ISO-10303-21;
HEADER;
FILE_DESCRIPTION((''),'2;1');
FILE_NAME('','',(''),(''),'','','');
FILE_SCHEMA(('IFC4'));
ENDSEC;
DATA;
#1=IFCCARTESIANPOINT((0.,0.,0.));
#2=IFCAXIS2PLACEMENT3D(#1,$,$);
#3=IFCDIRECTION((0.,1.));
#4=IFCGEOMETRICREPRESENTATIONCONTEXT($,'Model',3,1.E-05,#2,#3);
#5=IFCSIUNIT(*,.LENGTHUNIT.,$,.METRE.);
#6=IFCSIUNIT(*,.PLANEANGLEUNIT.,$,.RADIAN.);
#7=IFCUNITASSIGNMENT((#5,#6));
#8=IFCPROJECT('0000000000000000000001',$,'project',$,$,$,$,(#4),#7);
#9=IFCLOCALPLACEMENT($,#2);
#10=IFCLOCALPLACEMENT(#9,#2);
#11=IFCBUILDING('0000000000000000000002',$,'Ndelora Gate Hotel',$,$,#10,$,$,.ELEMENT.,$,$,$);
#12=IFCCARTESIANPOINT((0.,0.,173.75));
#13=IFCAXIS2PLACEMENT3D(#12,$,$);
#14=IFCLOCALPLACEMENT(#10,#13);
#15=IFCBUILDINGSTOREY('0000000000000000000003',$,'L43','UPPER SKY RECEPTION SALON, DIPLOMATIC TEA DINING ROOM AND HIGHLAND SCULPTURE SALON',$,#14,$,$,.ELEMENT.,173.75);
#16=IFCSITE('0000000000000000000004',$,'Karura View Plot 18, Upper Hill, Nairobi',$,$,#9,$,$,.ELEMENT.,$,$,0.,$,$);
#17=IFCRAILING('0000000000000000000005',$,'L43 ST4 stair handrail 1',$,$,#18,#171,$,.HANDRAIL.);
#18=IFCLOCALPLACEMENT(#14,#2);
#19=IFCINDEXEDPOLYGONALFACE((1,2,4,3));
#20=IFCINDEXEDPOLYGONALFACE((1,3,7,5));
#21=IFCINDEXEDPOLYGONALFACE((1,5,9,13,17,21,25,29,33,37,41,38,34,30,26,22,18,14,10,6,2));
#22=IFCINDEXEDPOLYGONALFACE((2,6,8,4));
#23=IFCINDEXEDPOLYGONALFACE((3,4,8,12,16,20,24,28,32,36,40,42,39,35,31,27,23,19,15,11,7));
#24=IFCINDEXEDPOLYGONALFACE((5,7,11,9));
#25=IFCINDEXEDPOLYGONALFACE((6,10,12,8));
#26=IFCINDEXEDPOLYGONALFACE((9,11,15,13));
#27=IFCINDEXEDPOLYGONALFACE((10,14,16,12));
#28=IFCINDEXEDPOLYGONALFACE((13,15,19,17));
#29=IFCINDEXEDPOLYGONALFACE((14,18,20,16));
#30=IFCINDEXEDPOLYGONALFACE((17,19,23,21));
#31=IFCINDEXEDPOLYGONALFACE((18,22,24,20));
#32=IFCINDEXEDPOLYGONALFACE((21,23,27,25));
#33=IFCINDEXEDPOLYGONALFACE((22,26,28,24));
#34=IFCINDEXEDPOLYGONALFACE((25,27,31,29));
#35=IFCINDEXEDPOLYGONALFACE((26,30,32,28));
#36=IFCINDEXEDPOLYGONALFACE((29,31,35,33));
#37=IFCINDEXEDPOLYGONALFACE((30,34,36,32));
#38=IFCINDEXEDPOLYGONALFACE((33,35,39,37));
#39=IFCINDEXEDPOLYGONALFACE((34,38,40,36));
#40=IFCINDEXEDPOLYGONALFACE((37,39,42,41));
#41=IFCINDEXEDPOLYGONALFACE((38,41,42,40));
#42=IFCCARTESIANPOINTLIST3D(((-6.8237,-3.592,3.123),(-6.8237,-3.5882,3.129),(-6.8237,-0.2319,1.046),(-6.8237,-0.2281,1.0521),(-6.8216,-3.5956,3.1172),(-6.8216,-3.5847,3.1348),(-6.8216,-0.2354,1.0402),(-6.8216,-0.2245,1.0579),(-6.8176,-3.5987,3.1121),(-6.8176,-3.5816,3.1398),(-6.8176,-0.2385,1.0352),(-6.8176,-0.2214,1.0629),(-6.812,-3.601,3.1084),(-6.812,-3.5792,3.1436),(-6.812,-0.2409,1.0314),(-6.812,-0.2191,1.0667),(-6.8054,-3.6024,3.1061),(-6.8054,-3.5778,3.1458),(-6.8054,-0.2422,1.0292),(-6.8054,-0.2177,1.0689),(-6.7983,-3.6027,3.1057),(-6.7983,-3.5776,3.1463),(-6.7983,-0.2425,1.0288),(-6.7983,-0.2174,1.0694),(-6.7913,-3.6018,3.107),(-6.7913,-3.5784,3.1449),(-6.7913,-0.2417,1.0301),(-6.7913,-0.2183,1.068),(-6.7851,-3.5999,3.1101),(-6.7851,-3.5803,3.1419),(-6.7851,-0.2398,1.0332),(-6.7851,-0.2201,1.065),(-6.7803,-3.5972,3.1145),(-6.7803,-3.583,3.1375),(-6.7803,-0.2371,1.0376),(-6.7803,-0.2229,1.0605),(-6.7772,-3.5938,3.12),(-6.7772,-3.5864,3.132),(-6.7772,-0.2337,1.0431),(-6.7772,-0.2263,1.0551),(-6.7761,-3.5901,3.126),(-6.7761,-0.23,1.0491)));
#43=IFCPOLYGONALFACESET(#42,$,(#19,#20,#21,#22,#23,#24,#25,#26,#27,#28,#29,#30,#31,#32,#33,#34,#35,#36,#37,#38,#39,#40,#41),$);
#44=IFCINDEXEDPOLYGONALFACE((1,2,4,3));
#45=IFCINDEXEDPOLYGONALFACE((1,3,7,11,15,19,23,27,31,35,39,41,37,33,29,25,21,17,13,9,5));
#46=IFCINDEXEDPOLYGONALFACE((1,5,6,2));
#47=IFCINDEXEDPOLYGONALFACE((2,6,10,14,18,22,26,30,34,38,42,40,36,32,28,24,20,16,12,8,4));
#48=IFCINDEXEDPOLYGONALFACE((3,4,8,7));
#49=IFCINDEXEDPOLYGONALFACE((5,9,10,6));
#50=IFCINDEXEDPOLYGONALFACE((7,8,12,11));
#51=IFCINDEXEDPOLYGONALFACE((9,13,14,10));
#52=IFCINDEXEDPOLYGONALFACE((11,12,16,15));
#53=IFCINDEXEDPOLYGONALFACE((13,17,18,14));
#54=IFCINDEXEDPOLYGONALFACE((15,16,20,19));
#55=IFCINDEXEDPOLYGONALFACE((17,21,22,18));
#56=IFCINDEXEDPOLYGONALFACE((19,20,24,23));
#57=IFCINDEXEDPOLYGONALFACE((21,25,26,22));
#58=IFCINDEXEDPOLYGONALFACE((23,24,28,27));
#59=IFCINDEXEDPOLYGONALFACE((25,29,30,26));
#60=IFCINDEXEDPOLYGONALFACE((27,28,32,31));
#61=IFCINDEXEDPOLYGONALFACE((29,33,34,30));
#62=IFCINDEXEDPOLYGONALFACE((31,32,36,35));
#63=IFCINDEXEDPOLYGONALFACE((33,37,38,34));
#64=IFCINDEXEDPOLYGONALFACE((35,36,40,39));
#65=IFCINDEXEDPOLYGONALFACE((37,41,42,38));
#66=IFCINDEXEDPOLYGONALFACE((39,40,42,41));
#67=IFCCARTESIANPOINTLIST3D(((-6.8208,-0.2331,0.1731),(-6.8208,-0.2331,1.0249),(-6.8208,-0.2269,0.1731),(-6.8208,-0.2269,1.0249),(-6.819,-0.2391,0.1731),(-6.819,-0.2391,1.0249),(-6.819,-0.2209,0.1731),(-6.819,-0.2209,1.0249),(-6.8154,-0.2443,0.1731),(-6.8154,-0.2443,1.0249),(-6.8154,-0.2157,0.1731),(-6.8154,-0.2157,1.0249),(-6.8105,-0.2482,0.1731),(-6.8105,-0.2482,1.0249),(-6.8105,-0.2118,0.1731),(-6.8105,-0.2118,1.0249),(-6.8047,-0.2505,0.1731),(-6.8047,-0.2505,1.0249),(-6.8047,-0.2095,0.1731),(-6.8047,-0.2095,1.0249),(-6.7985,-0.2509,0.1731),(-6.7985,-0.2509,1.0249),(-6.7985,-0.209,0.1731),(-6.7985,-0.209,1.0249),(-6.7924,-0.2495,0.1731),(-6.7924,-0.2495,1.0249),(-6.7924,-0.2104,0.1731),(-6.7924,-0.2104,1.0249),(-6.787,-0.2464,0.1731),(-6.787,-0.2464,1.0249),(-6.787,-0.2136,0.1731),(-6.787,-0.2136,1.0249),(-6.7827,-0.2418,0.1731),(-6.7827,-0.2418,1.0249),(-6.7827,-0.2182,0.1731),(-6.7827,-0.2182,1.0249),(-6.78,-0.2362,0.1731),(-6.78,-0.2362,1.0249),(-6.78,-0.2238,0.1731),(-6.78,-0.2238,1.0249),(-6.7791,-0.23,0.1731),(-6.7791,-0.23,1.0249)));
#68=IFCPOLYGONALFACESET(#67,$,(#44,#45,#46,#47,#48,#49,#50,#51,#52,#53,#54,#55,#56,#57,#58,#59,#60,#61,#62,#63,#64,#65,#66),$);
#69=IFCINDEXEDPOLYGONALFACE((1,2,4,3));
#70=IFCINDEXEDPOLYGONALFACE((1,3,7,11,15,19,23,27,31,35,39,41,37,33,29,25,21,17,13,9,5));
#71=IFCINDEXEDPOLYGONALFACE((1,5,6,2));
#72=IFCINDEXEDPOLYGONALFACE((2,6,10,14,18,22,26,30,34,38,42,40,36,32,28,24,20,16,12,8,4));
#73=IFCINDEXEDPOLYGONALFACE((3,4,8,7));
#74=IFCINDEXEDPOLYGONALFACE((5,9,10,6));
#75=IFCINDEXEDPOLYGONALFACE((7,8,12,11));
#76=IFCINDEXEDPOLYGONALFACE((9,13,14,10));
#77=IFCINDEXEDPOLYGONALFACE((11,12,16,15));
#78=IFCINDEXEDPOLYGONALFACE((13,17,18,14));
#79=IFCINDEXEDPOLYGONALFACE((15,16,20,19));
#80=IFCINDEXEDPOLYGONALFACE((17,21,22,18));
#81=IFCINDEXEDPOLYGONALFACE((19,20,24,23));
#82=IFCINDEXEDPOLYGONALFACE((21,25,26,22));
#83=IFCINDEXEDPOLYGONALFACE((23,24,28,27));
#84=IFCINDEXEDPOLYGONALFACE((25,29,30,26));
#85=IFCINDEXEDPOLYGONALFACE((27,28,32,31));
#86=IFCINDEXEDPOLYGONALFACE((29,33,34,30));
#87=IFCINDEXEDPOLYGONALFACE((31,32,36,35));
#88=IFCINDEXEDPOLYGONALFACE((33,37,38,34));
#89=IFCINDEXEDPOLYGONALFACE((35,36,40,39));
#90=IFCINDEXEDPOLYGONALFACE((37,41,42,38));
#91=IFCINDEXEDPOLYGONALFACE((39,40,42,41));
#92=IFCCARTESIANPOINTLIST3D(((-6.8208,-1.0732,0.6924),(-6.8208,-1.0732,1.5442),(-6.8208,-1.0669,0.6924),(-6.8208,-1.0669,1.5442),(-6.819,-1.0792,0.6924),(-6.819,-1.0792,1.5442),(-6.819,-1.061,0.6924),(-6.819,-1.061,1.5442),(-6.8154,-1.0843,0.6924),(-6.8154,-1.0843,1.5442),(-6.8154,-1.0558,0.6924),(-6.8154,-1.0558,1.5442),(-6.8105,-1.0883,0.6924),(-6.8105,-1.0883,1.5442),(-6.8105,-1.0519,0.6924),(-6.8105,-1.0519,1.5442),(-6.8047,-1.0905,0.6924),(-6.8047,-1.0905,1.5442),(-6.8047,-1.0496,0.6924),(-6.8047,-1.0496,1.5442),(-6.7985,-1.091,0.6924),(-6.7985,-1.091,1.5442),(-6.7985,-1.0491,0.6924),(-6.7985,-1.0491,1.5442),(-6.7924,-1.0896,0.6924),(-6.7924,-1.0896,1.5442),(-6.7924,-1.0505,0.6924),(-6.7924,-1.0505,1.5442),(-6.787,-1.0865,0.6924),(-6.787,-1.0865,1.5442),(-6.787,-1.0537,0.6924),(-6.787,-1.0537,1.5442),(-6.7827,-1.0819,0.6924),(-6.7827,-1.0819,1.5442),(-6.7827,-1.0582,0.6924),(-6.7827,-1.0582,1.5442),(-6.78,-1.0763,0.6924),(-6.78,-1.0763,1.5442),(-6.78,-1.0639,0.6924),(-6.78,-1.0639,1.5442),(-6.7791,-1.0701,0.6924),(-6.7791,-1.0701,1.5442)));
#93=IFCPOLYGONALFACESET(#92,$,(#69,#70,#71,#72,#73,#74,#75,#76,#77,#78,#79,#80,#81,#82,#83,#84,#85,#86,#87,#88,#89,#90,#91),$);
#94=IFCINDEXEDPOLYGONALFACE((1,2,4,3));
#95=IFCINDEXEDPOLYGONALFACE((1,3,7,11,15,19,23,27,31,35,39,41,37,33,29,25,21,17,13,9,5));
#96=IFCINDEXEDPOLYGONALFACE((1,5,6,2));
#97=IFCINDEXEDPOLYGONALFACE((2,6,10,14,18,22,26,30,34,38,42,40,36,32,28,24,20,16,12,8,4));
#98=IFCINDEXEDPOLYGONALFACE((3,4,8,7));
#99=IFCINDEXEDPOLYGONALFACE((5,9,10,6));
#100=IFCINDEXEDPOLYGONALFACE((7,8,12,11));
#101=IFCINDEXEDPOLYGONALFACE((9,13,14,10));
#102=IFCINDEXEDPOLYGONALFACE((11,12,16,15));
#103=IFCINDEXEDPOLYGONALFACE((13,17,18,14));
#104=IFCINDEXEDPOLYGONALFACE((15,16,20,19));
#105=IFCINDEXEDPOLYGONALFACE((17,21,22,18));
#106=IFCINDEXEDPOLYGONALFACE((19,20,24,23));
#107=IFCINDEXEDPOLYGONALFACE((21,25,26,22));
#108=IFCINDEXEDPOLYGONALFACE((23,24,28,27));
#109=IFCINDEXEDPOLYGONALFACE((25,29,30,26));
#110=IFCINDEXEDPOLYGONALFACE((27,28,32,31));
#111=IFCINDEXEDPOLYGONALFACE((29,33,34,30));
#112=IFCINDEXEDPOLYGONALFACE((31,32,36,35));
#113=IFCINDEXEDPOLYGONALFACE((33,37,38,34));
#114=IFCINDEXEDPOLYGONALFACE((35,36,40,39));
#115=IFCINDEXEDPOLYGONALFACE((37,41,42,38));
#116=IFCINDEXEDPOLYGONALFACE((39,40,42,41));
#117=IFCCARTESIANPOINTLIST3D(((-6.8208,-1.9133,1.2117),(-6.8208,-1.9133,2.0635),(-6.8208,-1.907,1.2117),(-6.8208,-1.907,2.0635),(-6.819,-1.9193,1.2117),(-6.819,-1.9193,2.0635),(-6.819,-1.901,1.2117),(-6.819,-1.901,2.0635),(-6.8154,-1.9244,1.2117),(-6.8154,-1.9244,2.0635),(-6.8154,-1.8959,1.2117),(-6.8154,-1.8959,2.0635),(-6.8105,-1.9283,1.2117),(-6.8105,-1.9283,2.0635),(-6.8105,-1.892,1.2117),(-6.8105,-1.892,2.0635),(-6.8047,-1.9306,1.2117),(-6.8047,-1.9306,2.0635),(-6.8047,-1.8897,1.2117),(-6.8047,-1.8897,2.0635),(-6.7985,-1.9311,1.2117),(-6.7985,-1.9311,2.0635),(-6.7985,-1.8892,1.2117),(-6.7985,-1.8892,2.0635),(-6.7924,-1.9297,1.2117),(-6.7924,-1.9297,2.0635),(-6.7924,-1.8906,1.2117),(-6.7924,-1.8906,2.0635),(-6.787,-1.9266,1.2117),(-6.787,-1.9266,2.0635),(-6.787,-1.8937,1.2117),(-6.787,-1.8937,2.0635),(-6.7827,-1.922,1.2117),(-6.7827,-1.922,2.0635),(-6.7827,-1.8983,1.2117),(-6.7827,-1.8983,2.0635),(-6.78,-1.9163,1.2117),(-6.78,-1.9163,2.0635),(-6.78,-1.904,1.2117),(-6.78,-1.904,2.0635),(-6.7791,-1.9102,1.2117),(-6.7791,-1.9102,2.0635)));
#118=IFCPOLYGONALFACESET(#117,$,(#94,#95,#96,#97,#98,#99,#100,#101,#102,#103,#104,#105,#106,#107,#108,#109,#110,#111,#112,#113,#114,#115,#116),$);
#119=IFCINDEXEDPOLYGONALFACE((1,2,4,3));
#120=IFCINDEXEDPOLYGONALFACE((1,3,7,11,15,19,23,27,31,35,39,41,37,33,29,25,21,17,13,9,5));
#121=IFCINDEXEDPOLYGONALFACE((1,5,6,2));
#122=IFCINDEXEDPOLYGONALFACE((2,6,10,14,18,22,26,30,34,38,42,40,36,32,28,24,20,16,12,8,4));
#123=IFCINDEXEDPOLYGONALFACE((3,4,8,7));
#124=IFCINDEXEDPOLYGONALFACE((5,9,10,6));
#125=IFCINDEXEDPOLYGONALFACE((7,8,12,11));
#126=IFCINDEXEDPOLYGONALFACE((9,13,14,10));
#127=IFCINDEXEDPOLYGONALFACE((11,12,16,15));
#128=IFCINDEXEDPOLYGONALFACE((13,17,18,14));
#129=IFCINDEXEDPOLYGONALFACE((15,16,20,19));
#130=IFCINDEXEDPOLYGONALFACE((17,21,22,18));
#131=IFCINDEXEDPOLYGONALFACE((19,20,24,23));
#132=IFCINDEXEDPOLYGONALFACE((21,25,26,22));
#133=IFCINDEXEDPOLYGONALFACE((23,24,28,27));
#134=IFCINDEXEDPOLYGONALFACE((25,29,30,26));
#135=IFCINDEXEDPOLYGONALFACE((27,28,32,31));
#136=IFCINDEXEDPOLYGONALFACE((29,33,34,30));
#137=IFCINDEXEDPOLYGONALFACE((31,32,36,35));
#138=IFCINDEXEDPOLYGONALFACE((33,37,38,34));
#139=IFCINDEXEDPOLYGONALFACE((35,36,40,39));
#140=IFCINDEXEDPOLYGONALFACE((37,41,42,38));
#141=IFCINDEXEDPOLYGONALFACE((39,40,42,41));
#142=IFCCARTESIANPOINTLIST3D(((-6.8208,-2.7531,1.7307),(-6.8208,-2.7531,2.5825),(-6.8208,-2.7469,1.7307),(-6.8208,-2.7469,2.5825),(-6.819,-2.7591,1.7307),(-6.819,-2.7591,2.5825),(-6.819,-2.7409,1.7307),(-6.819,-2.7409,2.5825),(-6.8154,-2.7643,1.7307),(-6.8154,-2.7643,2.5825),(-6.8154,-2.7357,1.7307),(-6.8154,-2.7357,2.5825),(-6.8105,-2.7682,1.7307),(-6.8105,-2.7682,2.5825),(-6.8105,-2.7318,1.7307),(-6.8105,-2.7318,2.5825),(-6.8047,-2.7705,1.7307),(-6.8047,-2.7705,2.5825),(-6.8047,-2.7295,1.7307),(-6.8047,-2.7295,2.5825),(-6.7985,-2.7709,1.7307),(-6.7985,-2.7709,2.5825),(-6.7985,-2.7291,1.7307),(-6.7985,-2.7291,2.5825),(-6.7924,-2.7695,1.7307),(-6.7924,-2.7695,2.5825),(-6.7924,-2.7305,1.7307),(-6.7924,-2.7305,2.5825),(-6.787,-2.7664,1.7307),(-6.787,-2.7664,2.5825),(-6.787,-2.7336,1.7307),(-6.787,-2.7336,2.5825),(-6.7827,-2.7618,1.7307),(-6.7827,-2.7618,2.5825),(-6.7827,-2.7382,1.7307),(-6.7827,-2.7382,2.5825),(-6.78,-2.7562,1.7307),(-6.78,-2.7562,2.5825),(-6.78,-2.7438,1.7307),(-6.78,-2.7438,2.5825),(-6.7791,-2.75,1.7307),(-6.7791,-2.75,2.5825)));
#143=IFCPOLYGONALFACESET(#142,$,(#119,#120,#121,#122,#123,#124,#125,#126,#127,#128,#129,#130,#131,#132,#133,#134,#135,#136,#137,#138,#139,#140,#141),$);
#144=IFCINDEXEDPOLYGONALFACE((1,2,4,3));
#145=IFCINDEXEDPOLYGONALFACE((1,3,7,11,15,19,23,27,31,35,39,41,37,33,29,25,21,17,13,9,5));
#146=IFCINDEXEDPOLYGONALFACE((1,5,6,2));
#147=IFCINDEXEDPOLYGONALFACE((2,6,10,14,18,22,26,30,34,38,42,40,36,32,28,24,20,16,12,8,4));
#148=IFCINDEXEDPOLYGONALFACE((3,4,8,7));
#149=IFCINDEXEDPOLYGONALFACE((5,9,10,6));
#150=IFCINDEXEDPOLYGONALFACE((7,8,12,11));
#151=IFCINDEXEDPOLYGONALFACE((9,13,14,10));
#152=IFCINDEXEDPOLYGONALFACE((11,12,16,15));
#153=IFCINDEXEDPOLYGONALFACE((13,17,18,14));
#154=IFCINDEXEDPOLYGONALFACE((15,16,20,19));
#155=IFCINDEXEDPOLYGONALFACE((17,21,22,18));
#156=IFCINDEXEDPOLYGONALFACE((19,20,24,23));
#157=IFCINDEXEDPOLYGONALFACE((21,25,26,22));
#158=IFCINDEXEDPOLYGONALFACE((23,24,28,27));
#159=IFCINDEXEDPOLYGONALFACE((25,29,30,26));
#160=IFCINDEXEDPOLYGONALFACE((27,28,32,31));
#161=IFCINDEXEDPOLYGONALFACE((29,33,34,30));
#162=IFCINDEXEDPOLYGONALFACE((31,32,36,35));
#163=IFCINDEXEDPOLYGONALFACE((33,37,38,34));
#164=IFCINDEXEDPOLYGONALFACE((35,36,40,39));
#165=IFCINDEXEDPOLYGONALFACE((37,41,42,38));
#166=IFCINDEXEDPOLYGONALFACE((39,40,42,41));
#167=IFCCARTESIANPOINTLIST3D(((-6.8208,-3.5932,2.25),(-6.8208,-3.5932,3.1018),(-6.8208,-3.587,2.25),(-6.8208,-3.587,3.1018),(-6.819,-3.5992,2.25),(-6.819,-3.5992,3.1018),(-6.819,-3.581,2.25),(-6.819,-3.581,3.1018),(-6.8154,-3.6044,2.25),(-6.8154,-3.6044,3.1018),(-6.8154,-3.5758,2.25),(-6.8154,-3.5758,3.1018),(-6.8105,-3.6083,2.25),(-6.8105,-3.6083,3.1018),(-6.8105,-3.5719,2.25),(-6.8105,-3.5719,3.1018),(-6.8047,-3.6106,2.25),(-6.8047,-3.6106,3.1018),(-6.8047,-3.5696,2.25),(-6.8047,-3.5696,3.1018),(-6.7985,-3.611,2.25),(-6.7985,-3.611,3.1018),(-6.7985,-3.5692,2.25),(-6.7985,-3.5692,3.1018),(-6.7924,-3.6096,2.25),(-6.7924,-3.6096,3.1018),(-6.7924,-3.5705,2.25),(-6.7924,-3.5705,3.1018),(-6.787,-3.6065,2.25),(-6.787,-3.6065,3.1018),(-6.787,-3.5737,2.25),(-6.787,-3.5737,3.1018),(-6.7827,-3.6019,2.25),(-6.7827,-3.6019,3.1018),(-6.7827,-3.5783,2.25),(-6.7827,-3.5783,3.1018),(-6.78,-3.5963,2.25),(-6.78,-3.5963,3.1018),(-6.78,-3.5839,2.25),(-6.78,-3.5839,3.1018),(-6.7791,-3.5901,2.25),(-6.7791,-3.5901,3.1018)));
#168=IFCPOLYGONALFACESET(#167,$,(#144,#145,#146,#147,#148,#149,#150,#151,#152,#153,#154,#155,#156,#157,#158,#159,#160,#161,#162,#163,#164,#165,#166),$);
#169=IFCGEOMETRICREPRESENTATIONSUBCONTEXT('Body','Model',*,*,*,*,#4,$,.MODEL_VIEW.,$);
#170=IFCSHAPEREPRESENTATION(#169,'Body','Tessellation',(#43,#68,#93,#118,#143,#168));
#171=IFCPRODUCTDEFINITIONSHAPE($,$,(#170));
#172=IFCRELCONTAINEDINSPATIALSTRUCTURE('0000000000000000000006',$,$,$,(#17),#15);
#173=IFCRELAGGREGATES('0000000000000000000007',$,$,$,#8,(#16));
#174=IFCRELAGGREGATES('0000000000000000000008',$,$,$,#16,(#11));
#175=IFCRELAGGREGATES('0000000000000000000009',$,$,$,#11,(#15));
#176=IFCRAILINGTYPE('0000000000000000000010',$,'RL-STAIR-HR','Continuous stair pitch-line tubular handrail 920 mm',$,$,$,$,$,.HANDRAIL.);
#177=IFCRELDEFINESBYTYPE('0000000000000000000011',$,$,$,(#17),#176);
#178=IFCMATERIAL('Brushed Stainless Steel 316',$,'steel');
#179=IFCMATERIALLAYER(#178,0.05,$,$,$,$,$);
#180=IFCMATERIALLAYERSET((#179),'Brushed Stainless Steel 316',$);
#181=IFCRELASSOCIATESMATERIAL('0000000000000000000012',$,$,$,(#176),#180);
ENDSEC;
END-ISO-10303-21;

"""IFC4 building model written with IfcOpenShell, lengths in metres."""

from ifc_helpers import new_model, si_unit, direction, frame, origin, origin_2d, place, context, subcontext, project, spatial, circle, extrude, material, layer, layer_set, type_object, element, save


model = new_model("IFC4")

# Units and contexts
model_context = context("Model", 3, precision=1e-05, world=origin(), true_north=direction((0.0, 1.0)))
body_context = subcontext(model_context, "Body", "Model", "MODEL_VIEW")
ifc_project = project(units=[si_unit("LENGTHUNIT", "METRE"), si_unit("PLANEANGLEUNIT", "RADIAN")], contexts=[model_context])

# Site, building, storey
site_placement = place(None, origin())
site = spatial("IfcSite", under=ifc_project, at=site_placement, Name="Karura View Plot 18, Upper Hill, Nairobi", CompositionType="ELEMENT", RefElevation=0.0)
building_placement = place(site_placement, origin())
building = spatial("IfcBuilding", under=site, at=building_placement, Name="Ndelora Gate Hotel", CompositionType="ELEMENT")
storey_placement = place(building_placement, frame((0.0, 0.0, 173.75)))
storey = spatial("IfcBuildingStorey", under=building, at=storey_placement, Name="L43", Description="UPPER SKY RECEPTION SALON, DIPLOMATIC TEA DINING ROOM AND HIGHLAND SCULPTURE SALON", CompositionType="ELEMENT", Elevation=173.75)

# Railing
ifc_material_1 = material(Name="Brushed Stainless Steel 316", Category="steel")
ifc_layer_1 = layer(ifc_material_1, 0.05)
ifc_layer_set_1 = layer_set([ifc_layer_1], Name="Brushed Stainless Steel 316")
railing_type_1 = type_object("IfcRailingType", Name="RL-STAIR-HR", Description="Continuous stair pitch-line tubular handrail 920 mm", PredefinedType="HANDRAIL", material=ifc_layer_set_1)
railing_1_placement = place(storey_placement, frame((-6.8, -0.23, 0.1731)))
element("IfcRailing", 1, at=railing_1_placement, inside=storey, type_object=railing_type_1, Name="L43 ST4 stair handrail 1", PredefinedType="HANDRAIL", context=body_context, shape_type="SweptSolid", body=[
    extrude(circle(Radius=0.0239, at=origin_2d()), frame((0.0, 0.0, 0.876), z_axis=(0.0, -0.850623, 0.525776), x_axis=(1.0, 0.0, 0.0)), (0.0, 0.0, 1.0), 3.9502),
    extrude(circle(Radius=0.021, at=origin_2d()), origin(), (0.0, 0.0, 1.0), 0.8518),
    extrude(circle(Radius=0.021, at=origin_2d()), frame((0.0, -0.8401, 0.5193)), (0.0, 0.0, 1.0), 0.8518),
    extrude(circle(Radius=0.021, at=origin_2d()), frame((0.0, -1.6802, 1.0386)), (0.0, 0.0, 1.0), 0.8518),
    extrude(circle(Radius=0.021, at=origin_2d()), frame((0.0, -2.52, 1.5576)), (0.0, 0.0, 1.0), 0.8518),
    extrude(circle(Radius=0.021, at=origin_2d()), frame((0.0, -3.3601, 2.0769)), (0.0, 0.0, 1.0), 0.8518),
])

save(model, "model.ifc")
